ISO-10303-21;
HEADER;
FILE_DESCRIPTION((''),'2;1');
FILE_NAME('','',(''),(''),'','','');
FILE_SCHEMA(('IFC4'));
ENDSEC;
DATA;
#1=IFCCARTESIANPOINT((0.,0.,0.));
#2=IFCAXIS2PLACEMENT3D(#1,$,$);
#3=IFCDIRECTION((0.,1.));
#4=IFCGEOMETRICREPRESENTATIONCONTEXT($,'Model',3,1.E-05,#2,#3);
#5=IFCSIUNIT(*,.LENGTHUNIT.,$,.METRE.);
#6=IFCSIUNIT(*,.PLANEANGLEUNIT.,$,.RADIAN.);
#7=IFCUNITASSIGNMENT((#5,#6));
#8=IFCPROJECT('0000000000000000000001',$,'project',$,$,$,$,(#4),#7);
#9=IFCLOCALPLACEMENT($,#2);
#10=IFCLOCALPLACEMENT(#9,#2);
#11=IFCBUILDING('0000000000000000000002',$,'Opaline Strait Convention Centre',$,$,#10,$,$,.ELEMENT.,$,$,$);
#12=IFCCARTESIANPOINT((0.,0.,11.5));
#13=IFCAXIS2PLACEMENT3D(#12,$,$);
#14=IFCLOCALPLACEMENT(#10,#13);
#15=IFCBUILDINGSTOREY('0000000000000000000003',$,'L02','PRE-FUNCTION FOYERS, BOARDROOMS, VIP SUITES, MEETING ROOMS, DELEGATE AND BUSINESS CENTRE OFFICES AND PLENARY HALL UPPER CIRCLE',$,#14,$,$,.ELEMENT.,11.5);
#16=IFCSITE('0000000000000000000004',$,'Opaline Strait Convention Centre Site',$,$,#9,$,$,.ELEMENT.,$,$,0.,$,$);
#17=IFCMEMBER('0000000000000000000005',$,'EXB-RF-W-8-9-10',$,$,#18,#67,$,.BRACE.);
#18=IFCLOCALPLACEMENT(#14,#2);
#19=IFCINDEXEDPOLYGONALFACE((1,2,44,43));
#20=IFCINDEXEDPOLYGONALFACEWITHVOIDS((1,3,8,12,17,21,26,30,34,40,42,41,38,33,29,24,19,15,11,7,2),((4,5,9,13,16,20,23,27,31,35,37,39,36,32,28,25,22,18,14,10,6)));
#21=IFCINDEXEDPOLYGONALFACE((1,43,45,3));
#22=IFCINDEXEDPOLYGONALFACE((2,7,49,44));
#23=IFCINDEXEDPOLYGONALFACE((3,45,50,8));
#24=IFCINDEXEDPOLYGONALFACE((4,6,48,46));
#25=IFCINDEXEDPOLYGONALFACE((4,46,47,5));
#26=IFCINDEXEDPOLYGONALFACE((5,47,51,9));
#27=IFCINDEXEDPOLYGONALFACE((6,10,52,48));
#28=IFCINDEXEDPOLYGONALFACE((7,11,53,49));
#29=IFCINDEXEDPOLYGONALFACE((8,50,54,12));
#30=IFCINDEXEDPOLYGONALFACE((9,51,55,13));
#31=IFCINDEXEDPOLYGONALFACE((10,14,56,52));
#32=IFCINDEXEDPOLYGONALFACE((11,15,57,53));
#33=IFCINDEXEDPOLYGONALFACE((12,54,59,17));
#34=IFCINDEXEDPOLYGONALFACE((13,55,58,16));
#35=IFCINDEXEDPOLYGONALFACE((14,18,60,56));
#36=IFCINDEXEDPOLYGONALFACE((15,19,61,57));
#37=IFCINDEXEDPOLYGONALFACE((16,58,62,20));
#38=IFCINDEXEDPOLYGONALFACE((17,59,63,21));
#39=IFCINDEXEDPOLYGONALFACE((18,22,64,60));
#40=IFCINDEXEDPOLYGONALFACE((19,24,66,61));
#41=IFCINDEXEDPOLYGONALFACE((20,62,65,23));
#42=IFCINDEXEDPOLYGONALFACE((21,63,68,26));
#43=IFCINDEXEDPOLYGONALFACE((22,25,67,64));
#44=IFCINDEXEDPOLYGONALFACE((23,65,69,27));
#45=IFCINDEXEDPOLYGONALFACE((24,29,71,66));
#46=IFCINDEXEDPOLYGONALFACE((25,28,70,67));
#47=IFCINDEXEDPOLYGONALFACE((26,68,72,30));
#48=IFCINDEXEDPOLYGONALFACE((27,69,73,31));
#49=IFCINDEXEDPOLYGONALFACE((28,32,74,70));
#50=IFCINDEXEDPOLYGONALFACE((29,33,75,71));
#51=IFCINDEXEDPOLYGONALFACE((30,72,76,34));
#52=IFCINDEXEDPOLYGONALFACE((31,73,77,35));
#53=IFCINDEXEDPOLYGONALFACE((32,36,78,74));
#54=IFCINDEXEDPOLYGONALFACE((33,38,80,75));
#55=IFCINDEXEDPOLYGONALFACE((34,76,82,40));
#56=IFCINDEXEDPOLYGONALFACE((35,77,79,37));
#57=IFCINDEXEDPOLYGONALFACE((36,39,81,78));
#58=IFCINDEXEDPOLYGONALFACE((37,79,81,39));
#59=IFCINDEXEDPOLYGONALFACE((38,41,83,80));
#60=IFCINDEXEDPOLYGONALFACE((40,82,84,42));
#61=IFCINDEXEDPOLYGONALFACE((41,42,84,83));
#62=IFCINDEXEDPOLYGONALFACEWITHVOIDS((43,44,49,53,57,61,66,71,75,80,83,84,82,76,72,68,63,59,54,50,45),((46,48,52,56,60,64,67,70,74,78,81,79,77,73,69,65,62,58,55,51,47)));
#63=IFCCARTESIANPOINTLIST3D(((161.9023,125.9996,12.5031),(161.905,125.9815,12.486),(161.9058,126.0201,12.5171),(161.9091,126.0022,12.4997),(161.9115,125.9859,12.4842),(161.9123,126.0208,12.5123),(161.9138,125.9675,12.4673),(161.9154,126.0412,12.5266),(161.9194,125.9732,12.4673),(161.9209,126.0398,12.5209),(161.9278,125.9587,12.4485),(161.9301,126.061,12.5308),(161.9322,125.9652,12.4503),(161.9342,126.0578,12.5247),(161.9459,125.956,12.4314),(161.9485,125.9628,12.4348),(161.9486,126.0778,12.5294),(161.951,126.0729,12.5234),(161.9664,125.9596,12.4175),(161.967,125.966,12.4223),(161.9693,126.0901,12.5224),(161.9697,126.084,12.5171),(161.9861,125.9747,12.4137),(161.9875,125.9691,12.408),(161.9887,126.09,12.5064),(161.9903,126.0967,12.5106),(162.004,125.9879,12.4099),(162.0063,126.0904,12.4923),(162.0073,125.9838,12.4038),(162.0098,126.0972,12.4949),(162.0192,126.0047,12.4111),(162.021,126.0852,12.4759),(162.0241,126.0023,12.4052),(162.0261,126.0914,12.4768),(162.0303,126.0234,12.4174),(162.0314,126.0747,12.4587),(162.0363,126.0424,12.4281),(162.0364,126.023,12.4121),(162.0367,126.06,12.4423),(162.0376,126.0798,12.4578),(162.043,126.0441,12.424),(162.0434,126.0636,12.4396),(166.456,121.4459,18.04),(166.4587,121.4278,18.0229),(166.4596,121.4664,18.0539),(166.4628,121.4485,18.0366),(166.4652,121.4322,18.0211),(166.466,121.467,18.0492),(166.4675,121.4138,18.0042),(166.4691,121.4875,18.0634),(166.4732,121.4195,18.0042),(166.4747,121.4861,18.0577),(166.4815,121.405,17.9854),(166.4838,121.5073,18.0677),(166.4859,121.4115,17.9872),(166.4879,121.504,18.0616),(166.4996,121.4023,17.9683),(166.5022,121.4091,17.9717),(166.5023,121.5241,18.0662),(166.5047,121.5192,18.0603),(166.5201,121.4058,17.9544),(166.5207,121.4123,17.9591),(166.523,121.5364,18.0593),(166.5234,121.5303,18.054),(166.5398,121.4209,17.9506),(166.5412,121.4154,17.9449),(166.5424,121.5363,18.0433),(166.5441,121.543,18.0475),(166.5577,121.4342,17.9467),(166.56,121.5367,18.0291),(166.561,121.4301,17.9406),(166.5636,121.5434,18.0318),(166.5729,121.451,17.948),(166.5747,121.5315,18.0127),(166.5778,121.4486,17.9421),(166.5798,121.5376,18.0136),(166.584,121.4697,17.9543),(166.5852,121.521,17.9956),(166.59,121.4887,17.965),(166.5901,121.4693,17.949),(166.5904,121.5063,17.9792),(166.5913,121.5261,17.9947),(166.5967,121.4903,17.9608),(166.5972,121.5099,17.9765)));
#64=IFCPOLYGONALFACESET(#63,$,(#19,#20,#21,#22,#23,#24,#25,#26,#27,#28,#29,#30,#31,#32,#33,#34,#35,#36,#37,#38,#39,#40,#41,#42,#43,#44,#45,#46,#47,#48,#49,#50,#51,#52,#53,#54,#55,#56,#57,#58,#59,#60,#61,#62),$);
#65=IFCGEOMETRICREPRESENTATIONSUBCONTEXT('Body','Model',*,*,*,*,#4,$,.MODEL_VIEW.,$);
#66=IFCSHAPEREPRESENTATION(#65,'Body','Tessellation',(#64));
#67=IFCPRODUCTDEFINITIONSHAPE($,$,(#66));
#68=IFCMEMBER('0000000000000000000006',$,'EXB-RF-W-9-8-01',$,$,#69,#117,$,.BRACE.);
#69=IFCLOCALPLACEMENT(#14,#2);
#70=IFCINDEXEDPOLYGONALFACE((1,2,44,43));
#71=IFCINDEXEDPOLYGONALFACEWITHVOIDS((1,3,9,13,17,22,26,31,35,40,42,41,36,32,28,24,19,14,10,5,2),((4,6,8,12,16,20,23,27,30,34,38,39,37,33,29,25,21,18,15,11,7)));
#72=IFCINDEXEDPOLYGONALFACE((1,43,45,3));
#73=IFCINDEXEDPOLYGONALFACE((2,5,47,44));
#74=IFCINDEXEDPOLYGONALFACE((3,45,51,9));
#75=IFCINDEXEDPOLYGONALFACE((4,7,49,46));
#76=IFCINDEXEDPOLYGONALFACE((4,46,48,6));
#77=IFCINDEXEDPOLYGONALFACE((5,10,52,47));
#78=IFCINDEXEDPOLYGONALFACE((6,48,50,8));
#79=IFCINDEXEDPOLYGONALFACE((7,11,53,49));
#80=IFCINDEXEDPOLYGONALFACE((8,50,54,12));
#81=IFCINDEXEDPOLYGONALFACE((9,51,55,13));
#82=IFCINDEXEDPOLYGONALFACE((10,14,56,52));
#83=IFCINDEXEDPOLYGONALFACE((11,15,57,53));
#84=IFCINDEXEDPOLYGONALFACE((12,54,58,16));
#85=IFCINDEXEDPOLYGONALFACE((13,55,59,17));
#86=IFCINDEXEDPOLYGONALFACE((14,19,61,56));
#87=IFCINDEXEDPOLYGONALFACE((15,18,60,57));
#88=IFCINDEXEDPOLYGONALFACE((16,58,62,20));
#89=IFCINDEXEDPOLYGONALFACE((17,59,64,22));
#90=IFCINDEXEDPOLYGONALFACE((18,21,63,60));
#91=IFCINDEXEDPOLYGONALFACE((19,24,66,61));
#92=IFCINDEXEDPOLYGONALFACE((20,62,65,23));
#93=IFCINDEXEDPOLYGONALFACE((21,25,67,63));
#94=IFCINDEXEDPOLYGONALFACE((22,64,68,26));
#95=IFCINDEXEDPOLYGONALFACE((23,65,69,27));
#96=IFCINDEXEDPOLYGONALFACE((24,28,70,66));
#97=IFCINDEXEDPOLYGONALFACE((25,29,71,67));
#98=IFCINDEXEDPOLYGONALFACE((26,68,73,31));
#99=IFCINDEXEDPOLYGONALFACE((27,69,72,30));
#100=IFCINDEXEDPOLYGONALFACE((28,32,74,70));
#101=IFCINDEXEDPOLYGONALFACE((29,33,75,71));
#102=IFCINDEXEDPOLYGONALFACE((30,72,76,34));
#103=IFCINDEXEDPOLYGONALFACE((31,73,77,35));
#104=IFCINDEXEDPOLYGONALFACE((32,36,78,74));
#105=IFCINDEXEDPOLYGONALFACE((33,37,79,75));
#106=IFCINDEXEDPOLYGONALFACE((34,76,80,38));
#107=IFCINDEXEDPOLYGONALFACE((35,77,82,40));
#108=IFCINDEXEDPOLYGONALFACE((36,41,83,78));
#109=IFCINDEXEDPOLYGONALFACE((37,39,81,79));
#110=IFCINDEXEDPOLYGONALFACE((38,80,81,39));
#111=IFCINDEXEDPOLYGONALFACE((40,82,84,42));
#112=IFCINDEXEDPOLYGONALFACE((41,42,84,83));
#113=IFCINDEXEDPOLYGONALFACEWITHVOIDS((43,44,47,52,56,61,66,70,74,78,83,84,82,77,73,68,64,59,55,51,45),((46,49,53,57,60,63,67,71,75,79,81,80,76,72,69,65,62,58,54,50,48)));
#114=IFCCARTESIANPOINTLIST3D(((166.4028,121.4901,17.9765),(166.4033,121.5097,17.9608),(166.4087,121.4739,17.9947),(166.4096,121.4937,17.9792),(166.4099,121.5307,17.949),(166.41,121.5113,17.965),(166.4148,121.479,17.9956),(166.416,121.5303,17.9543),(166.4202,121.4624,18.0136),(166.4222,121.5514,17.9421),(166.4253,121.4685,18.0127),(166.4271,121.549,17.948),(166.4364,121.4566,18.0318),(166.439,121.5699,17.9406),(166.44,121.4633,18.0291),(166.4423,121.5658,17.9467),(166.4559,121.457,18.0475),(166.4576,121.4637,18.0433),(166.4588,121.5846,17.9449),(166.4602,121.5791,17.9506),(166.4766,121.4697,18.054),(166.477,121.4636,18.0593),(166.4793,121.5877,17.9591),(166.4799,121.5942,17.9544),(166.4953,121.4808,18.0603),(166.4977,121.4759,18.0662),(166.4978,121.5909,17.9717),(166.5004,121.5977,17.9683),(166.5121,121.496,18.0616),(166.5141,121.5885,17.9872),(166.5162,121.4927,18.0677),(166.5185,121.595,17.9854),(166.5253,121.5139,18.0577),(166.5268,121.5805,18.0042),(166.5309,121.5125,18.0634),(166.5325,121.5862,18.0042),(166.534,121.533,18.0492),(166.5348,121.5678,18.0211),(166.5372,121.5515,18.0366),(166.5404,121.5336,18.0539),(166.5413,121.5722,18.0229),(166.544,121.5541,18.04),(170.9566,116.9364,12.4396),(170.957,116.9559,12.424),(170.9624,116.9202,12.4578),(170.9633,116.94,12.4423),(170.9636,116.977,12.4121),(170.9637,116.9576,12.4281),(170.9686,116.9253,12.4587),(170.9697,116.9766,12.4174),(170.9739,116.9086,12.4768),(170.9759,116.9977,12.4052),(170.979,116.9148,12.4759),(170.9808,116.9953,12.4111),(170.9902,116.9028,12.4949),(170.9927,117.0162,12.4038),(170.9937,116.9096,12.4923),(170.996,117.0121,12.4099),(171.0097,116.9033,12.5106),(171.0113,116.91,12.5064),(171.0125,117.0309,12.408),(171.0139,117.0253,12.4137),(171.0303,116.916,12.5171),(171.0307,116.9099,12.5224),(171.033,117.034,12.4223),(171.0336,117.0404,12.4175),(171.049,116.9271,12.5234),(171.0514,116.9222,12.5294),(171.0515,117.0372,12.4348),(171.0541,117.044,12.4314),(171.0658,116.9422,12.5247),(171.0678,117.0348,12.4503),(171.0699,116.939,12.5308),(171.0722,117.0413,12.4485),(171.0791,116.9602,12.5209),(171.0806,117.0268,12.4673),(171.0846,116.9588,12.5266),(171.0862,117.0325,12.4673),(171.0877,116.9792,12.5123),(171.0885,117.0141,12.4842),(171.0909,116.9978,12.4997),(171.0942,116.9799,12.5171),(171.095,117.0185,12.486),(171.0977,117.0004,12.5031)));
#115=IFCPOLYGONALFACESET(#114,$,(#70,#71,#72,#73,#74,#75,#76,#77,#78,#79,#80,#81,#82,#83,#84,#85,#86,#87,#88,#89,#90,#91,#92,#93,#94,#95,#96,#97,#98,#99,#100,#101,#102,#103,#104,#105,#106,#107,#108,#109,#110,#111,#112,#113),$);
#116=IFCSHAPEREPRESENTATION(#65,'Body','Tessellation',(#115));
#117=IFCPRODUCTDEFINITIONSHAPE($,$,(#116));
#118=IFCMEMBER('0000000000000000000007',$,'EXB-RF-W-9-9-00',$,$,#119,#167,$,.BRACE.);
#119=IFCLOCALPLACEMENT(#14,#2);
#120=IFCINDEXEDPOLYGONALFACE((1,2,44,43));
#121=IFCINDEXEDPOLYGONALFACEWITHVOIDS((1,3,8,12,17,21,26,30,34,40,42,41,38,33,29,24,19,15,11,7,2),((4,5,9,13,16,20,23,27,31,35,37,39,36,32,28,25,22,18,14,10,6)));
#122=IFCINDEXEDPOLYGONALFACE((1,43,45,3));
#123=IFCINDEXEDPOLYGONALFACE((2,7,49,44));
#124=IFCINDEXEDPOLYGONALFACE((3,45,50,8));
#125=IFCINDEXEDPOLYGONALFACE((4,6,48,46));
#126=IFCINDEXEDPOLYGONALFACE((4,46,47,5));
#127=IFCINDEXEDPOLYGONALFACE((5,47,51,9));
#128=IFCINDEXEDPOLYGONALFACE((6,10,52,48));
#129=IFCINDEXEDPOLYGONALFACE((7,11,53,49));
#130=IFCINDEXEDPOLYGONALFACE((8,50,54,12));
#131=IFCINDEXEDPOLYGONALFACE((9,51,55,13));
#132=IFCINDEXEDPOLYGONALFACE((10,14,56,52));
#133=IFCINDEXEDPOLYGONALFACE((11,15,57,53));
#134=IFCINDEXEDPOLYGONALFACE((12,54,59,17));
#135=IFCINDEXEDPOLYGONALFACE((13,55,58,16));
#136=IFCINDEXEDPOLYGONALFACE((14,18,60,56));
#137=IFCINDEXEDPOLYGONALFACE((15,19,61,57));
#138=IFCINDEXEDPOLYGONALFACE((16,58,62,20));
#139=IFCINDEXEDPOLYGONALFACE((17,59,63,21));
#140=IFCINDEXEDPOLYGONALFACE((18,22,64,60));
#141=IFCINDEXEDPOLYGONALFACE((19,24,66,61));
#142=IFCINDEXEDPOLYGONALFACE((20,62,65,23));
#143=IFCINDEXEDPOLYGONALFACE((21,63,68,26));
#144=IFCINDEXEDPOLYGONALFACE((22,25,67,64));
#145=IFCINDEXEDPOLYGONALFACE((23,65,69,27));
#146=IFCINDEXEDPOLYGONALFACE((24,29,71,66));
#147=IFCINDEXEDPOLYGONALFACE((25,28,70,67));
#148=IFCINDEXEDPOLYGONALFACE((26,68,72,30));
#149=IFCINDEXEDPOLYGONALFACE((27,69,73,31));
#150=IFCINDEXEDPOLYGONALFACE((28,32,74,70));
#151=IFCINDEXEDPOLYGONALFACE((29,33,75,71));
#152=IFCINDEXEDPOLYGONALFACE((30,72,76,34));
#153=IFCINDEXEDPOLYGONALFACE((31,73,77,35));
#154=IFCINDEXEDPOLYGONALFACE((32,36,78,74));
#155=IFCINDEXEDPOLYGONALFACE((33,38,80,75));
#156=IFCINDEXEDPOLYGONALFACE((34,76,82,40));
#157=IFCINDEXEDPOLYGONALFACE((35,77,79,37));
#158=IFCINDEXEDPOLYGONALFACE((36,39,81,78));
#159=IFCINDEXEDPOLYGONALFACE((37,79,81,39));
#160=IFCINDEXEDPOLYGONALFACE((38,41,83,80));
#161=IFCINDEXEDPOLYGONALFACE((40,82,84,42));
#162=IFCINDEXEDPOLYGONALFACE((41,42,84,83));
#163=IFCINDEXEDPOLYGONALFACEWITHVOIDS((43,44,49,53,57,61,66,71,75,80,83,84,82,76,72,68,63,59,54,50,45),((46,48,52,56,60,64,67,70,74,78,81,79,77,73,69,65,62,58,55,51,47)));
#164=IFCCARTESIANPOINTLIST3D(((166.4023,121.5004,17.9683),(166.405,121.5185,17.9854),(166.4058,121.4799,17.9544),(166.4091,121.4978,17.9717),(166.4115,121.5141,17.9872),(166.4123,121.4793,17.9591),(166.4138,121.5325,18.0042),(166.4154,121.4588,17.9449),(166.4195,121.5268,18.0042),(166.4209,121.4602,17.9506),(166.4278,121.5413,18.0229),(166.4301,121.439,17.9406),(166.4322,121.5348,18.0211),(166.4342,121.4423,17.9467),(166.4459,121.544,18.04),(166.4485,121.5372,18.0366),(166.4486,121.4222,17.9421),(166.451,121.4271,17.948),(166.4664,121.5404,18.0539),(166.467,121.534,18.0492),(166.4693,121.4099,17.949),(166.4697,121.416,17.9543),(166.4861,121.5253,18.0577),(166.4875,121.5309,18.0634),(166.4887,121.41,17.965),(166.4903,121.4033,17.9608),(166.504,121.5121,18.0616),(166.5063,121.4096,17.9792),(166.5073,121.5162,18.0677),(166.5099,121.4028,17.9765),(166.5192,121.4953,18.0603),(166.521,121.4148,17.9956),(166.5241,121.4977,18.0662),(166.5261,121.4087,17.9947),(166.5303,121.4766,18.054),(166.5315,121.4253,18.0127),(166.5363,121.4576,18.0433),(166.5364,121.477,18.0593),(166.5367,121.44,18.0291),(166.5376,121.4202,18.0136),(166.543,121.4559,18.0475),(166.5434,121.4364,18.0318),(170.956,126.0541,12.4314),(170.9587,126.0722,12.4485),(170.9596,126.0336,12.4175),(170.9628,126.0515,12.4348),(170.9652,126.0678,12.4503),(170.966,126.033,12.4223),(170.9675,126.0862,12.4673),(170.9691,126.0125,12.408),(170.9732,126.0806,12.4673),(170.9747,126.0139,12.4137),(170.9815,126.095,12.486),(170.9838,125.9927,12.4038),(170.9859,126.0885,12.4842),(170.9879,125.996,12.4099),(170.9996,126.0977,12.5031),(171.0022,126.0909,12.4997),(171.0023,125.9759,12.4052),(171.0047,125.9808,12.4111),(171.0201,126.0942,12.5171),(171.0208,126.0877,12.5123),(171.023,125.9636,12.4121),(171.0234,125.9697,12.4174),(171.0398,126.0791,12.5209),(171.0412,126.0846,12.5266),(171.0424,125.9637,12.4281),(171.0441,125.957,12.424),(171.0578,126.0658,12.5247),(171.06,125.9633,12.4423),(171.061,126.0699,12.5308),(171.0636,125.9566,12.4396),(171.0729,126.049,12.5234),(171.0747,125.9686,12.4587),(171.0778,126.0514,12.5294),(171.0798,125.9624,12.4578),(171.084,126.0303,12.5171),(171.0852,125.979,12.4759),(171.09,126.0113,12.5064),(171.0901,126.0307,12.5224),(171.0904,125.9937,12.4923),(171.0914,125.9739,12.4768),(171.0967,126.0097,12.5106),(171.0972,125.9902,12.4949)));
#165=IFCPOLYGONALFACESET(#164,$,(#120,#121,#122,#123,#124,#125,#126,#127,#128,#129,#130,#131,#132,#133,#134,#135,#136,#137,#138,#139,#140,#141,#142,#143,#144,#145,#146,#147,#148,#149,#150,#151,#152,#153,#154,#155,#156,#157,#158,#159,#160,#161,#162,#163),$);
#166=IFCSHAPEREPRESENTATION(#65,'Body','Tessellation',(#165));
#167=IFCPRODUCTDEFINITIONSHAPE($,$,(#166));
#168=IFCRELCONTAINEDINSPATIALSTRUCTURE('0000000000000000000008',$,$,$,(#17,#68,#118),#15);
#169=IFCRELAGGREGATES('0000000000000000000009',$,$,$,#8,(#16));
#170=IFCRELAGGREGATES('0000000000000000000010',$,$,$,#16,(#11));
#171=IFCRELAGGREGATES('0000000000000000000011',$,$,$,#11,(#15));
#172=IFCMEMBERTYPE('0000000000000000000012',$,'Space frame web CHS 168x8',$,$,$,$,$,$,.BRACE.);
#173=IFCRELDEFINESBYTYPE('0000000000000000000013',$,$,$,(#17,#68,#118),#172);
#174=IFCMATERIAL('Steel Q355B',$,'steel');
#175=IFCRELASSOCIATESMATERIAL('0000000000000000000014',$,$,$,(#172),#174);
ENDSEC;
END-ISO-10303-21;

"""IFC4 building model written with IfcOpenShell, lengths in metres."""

from ifc_helpers import new_model, si_unit, direction, frame, origin, origin_2d, place, context, subcontext, project, spatial, hollow_circle, extrude, material, material_profile, profile_set, type_object, element, save


model = new_model("IFC4")

# Units and contexts
model_context = context("Model", 3, precision=1e-05, world=origin(), true_north=direction((0.0, 1.0)))
body_context = subcontext(model_context, "Body", "Model", "MODEL_VIEW")
ifc_project = project(units=[si_unit("LENGTHUNIT", "METRE"), si_unit("PLANEANGLEUNIT", "RADIAN")], contexts=[model_context])

# Site, building, storey
site_placement = place(None, origin())
site = spatial("IfcSite", under=ifc_project, at=site_placement, Name="Opaline Strait Convention Centre Site", CompositionType="ELEMENT", RefElevation=0.0)
building_placement = place(site_placement, origin())
building = spatial("IfcBuilding", under=site, at=building_placement, Name="Opaline Strait Convention Centre", CompositionType="ELEMENT")
storey_placement = place(building_placement, frame((0.0, 0.0, 11.5)))
storey = spatial("IfcBuildingStorey", under=building, at=storey_placement, Name="L02", Description="PRE-FUNCTION FOYERS, BOARDROOMS, VIP SUITES, MEETING ROOMS, DELEGATE AND BUSINESS CENTRE OFFICES AND PLENARY HALL UPPER CIRCLE", CompositionType="ELEMENT", Elevation=11.5)

# Members
ifc_material = material(Name="Steel Q355B", Category="steel")
ifc_material_profile_1 = material_profile(ifc_material, hollow_circle(Radius=0.084, WallThickness=0.0081, at=origin_2d()), Name="CHS 168x8")
ifc_profile_set_1 = profile_set([ifc_material_profile_1], Name="Steel Q355B")
member_type_1 = type_object("IfcMemberType", Name="Space frame web CHS 168x8", PredefinedType="BRACE", material=ifc_profile_set_1)
for number, where, z_axis, x_axis, name in (
    (1, (166.5269, 121.4731, 18.0042), (-0.536178, 0.536178, -0.65194), (-0.707107, -0.707107, 0.0), "EXB-RF-W-8-9-10"),
    (2, (166.4731, 121.5269, 18.0042), (0.536178, -0.536178, -0.65194), (0.707107, 0.707107, 0.0), "EXB-RF-W-9-8-01"),
    (3, (166.4731, 121.4731, 18.0042), (0.536178, 0.536178, -0.65194), (-0.707107, 0.707107, 0.0), "EXB-RF-W-9-9-00"),
):
    element("IfcMember", number, at=place(storey_placement, frame(where, z_axis=z_axis, x_axis=x_axis)), inside=storey, type_object=member_type_1, Name=name, PredefinedType="BRACE", context=body_context, shape_type="SweptSolid", body=[
        extrude(hollow_circle(Radius=0.084, WallThickness=0.0081, at=origin_2d()), origin(), (0.0, 0.0, 1.0), 8.4929),
    ])

save(model, "model.ifc")
